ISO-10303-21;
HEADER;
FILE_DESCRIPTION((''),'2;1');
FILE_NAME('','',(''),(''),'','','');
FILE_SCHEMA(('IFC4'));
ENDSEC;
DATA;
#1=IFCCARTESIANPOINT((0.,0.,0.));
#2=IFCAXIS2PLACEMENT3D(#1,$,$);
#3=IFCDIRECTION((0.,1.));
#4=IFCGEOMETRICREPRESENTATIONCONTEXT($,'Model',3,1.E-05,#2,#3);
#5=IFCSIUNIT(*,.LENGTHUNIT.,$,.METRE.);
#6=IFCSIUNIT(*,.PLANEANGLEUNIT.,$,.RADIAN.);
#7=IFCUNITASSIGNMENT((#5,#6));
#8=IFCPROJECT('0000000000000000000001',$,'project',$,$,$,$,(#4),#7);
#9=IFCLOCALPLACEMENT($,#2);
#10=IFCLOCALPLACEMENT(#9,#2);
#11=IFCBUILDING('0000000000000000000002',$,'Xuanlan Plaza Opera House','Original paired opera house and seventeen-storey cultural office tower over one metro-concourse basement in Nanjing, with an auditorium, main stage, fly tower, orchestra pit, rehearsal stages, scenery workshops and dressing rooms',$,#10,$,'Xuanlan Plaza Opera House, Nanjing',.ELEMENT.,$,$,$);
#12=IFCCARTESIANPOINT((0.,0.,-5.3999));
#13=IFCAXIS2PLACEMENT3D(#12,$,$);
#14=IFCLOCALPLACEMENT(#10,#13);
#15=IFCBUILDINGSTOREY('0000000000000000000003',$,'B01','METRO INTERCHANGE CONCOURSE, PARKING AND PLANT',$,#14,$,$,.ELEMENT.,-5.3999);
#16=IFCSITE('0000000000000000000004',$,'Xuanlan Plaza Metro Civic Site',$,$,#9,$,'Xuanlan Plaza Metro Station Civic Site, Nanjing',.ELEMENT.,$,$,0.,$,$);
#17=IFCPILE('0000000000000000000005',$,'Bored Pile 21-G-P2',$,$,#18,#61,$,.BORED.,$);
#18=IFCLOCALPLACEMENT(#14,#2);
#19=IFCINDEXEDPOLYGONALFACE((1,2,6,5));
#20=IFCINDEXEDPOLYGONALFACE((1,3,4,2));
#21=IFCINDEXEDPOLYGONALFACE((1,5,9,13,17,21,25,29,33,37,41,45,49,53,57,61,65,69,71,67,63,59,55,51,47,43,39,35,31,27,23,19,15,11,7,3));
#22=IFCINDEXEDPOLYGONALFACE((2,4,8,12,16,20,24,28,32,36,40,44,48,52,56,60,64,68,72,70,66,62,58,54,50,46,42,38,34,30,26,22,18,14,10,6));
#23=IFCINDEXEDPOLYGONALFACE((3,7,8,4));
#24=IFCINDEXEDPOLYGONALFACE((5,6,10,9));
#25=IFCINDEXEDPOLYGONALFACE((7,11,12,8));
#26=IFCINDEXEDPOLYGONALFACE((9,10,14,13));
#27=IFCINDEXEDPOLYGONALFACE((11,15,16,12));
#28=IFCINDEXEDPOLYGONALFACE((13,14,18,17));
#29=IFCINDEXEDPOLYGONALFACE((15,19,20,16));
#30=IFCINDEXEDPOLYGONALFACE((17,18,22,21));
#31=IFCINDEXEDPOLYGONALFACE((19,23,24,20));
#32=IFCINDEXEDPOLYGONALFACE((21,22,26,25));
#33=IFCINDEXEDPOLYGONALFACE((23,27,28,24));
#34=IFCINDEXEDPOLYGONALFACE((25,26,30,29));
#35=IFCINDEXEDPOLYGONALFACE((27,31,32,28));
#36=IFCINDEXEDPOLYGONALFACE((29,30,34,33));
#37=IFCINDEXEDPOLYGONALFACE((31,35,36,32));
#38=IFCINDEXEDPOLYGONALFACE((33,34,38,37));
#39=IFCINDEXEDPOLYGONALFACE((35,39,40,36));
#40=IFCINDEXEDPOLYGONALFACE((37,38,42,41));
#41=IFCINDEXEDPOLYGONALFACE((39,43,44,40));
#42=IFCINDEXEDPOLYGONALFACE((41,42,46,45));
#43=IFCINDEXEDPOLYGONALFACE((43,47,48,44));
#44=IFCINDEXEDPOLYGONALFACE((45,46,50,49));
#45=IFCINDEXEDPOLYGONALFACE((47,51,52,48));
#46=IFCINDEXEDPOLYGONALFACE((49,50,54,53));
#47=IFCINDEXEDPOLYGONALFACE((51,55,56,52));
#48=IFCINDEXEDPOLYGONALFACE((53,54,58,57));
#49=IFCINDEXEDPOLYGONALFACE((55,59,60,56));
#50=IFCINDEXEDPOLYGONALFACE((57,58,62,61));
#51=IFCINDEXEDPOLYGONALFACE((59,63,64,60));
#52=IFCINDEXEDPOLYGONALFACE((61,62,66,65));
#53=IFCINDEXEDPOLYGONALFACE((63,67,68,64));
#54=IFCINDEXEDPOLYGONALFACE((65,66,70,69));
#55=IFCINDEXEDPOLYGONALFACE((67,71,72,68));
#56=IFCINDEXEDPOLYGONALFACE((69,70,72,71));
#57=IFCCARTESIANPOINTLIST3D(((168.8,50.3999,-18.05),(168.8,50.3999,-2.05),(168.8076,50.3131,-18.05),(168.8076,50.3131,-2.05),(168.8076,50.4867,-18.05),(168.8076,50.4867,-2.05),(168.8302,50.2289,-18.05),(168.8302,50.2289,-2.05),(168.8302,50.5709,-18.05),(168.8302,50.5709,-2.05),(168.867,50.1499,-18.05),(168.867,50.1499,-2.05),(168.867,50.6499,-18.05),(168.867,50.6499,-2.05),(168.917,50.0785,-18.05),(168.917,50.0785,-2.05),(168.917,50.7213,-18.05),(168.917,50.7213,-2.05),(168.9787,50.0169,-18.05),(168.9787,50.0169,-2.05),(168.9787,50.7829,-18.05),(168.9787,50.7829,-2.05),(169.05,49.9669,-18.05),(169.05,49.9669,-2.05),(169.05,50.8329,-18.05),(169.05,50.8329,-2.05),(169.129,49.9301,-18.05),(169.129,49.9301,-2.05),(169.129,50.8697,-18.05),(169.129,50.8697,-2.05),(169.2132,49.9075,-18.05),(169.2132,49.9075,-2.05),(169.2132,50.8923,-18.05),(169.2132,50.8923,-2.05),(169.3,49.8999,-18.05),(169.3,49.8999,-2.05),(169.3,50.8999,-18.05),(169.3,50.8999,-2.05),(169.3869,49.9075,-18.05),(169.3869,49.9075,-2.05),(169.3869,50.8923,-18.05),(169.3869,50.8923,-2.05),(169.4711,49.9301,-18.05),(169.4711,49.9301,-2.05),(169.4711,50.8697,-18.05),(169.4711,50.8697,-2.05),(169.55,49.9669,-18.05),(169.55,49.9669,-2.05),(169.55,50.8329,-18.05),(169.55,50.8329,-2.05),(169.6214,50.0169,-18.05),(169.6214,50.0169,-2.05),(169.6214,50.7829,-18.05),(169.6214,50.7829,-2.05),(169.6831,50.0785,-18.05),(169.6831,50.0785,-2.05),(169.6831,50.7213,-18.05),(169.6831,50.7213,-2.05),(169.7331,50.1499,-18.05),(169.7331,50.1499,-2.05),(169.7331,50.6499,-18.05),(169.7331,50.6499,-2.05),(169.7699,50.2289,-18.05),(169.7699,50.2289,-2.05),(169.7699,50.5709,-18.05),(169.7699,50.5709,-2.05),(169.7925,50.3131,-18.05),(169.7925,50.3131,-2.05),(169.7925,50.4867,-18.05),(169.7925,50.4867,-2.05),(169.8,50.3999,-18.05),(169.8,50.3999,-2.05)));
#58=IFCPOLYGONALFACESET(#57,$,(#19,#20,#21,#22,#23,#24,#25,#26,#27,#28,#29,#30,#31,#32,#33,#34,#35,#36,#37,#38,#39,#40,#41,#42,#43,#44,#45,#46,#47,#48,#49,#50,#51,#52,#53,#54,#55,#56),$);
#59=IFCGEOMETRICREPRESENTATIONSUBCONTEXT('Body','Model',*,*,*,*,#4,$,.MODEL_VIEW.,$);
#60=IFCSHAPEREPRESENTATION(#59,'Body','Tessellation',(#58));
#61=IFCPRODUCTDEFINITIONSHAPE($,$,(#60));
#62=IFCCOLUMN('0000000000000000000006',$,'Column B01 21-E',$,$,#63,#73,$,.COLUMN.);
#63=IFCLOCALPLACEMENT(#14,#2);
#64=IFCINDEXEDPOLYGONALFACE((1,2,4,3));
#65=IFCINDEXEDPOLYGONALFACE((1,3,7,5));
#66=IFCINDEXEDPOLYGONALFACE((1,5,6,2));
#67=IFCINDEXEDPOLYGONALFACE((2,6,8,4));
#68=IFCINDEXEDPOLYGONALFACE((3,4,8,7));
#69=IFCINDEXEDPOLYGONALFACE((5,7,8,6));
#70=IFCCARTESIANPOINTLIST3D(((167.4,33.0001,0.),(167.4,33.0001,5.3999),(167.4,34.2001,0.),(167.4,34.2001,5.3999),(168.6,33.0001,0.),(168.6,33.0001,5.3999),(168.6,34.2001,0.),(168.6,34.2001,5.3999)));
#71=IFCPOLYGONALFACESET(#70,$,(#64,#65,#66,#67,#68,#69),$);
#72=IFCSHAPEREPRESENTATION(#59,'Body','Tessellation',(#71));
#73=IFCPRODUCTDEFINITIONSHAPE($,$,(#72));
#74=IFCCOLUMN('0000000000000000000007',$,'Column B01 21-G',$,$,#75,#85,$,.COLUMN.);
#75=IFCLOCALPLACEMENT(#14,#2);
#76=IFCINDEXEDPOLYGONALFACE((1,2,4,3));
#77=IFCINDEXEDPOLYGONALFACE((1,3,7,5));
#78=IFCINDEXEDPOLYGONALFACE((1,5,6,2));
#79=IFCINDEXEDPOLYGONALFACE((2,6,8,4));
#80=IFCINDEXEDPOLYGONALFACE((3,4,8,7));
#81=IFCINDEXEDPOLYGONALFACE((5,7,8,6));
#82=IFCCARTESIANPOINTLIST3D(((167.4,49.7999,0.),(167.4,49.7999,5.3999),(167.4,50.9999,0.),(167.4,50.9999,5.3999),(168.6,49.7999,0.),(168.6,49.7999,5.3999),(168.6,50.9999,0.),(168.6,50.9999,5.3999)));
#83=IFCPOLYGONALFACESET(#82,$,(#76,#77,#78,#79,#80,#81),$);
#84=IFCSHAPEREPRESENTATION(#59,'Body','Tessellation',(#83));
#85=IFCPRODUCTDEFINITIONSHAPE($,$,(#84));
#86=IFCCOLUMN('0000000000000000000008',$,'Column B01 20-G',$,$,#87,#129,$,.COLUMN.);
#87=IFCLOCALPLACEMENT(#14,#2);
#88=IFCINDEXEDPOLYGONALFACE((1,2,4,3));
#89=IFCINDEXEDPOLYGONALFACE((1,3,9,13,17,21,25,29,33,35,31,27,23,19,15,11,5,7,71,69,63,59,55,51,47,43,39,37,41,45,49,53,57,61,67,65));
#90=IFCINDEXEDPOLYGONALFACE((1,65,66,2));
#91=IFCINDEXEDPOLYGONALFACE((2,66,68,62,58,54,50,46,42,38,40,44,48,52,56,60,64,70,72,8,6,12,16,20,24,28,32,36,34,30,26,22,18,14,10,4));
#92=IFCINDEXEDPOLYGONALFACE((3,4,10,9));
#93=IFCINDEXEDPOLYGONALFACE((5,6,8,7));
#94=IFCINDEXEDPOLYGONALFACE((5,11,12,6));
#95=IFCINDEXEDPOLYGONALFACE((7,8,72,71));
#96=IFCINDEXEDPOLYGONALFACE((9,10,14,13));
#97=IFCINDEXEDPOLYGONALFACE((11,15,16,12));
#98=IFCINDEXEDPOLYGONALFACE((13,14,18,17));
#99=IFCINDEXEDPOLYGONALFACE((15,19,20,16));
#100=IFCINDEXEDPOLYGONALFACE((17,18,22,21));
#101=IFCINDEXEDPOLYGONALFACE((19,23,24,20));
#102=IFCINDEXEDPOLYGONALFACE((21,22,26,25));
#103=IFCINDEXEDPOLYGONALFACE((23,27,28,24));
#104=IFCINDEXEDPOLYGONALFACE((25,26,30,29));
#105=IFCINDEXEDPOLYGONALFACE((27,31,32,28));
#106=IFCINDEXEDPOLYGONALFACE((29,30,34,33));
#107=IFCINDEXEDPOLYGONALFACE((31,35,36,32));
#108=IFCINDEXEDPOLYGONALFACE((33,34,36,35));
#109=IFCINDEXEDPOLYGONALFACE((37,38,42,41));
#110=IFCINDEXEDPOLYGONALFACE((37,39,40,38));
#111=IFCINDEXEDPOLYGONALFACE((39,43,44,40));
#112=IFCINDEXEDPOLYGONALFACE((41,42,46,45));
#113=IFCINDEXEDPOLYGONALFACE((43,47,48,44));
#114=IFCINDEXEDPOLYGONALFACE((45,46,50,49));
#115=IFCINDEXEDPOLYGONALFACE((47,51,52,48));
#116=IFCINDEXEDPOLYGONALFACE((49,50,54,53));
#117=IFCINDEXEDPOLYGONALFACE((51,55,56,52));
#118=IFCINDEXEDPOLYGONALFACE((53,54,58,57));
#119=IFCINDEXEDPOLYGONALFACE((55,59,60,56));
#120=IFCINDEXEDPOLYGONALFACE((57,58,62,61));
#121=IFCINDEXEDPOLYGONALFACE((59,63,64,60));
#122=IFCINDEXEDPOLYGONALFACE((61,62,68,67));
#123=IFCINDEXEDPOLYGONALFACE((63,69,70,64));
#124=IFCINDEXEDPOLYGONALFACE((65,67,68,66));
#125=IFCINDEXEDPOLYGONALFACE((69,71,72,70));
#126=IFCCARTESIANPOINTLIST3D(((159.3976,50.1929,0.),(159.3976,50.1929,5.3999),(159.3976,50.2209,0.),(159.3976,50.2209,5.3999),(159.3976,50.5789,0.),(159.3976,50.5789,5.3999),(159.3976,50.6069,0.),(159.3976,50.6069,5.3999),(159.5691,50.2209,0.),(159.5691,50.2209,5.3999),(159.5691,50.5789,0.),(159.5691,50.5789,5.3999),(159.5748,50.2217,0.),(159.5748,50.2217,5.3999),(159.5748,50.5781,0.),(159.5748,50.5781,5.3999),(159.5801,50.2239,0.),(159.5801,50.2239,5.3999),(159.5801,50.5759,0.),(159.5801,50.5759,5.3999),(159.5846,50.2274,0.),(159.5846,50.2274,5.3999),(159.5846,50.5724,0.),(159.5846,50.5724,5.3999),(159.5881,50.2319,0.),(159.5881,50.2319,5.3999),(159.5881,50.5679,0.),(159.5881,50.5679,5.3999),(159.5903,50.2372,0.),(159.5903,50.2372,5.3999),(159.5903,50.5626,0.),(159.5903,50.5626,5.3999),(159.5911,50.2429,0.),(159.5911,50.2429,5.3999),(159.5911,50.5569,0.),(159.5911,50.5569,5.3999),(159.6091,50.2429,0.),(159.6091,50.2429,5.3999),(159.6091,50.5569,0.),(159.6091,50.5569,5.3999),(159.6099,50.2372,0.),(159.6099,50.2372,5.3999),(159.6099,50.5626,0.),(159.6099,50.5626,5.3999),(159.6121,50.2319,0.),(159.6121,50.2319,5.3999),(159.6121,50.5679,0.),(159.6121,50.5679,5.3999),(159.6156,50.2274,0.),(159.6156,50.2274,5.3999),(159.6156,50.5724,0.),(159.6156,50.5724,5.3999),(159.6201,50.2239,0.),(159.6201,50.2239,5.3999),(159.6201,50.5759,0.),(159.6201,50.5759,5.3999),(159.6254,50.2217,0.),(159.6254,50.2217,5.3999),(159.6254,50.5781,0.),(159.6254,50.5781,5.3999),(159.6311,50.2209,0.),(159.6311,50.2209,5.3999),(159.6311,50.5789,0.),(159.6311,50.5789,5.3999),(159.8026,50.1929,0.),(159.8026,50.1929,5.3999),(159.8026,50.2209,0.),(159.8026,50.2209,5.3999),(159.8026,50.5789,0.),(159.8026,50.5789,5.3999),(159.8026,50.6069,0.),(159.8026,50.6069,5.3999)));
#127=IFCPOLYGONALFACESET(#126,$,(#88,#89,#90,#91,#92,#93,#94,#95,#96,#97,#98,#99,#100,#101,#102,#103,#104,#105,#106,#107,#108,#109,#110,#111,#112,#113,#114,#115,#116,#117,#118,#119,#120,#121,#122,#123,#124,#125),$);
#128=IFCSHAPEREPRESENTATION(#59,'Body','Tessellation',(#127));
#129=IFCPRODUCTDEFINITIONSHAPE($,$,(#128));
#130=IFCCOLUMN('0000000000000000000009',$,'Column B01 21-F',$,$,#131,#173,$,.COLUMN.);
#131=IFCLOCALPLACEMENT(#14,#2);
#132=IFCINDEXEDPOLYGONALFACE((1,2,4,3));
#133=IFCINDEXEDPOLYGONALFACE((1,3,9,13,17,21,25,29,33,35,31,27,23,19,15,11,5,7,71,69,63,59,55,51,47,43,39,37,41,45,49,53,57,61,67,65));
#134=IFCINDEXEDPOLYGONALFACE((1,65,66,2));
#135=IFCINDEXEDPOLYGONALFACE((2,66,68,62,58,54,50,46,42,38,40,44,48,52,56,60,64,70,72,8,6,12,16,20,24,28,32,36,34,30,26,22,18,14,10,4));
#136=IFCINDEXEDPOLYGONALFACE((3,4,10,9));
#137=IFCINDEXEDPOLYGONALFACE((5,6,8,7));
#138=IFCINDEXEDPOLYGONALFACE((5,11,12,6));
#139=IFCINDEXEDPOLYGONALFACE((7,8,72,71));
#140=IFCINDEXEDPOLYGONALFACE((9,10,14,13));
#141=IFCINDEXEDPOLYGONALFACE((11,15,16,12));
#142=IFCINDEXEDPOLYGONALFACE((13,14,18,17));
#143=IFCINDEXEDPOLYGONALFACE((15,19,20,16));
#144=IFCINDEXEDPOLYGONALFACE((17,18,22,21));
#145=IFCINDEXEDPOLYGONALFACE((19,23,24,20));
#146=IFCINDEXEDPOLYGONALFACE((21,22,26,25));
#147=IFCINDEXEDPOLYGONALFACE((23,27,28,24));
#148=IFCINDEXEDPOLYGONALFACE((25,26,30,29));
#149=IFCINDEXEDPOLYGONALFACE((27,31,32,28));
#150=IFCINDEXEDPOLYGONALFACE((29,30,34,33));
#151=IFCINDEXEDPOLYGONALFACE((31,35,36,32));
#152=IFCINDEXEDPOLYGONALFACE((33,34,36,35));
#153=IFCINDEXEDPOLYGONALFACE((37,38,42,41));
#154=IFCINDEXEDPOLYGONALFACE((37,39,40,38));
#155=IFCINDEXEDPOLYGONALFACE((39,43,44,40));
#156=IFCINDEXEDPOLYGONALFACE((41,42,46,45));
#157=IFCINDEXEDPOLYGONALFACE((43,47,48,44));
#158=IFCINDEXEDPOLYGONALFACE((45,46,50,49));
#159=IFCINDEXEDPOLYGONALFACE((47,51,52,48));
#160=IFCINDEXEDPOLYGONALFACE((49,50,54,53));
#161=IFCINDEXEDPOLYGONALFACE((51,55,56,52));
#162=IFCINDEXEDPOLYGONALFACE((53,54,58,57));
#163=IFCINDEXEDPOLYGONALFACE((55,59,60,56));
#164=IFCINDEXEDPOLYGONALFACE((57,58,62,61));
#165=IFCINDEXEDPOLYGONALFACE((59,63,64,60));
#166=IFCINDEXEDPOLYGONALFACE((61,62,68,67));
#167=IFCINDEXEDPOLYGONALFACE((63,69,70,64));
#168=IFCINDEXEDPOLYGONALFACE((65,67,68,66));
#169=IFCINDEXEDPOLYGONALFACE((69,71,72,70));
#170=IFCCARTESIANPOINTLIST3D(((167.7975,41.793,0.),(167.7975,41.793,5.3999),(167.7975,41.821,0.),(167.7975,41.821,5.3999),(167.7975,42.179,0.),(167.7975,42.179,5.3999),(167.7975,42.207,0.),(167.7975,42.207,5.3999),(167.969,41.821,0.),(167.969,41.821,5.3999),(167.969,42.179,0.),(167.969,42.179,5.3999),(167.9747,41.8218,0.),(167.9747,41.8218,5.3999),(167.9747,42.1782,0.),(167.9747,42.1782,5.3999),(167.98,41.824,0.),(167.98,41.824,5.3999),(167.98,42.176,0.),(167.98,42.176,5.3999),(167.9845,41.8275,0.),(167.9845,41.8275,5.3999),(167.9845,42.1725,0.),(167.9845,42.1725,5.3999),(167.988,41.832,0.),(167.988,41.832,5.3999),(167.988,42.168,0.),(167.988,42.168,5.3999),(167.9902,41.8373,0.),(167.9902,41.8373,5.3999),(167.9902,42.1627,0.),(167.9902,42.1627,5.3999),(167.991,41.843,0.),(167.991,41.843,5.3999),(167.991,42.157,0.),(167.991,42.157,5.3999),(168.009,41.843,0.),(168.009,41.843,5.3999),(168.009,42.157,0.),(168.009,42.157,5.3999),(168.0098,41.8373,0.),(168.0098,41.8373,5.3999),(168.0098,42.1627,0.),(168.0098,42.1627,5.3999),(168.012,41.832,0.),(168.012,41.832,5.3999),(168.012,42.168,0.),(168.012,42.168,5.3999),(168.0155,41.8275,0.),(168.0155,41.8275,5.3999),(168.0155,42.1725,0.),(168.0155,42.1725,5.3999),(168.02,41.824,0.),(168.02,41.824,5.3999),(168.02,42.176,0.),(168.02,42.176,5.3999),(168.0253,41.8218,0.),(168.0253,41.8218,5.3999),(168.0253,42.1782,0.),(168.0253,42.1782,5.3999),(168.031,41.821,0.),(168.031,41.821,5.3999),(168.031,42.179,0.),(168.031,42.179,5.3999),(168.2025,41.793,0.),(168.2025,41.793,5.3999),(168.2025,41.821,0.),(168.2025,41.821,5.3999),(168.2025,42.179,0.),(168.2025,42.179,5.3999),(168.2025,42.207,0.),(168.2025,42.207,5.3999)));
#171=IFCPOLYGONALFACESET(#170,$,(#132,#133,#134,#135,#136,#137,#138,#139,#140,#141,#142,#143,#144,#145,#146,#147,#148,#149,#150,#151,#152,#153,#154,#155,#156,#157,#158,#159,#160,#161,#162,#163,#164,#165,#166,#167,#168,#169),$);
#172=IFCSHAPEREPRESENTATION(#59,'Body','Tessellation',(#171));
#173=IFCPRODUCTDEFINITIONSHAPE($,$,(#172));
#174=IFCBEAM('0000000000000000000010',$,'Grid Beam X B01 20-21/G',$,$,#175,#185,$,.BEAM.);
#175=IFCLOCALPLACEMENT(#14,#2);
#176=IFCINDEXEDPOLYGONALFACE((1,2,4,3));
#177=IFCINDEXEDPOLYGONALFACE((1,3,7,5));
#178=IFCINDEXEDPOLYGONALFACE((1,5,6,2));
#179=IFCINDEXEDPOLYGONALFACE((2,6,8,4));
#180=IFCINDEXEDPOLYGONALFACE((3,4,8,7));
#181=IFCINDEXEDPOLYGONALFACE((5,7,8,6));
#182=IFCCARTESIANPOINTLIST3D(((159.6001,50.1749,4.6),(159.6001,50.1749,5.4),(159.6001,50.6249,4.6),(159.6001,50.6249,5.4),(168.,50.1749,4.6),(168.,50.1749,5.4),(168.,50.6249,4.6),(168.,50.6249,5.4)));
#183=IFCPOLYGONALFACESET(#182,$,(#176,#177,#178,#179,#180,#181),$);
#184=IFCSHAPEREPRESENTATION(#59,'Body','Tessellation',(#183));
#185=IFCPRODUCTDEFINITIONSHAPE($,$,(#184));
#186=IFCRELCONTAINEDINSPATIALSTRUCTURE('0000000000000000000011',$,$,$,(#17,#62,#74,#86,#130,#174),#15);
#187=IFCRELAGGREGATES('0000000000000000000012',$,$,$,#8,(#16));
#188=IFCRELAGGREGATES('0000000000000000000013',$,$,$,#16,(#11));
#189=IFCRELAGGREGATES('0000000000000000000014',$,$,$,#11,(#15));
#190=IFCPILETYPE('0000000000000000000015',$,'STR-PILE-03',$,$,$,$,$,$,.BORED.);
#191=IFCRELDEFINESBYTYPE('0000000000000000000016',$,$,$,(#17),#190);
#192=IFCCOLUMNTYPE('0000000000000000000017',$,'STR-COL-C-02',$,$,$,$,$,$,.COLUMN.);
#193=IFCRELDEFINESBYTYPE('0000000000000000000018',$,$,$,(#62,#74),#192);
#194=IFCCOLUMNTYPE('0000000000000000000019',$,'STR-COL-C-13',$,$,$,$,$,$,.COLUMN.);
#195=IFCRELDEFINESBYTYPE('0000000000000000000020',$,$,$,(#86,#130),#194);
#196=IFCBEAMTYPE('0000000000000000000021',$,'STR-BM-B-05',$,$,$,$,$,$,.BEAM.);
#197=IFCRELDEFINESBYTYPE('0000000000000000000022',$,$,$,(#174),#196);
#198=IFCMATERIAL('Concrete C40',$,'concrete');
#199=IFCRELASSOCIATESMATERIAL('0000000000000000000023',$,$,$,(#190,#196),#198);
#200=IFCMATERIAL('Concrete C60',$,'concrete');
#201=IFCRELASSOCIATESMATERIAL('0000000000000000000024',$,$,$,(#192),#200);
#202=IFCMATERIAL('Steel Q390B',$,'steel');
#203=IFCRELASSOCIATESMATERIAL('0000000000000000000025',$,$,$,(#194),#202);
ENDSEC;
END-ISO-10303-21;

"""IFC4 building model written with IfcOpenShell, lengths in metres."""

from ifc_helpers import new_model, si_unit, direction, frame, origin, origin_2d, place, context, subcontext, project, spatial, rectangle, circle, i_section, extrude, material, material_profile, profile_set, type_object, element, save


model = new_model("IFC4")

# Units and contexts
model_context = context("Model", 3, precision=1e-05, world=origin(), true_north=direction((0.0, 1.0)))
body_context = subcontext(model_context, "Body", "Model", "MODEL_VIEW")
ifc_project = project(units=[si_unit("LENGTHUNIT", "METRE"), si_unit("PLANEANGLEUNIT", "RADIAN")], contexts=[model_context])

# Site, building, storey
site_placement = place(None, origin())
site = spatial("IfcSite", under=ifc_project, at=site_placement, Name="Xuanlan Plaza Metro Civic Site", LongName="Xuanlan Plaza Metro Station Civic Site, Nanjing", CompositionType="ELEMENT", RefElevation=0.0)
building_placement = place(site_placement, origin())
building = spatial("IfcBuilding", under=site, at=building_placement, Name="Xuanlan Plaza Opera House", Description="Original paired opera house and seventeen-storey cultural office tower over one metro-concourse basement in Nanjing, with an auditorium, main stage, fly tower, orchestra pit, rehearsal stages, scenery workshops and dressing rooms", LongName="Xuanlan Plaza Opera House, Nanjing", CompositionType="ELEMENT")
storey_placement = place(building_placement, frame((0.0, 0.0, -5.3999)))
storey = spatial("IfcBuildingStorey", under=building, at=storey_placement, Name="B01", Description="METRO INTERCHANGE CONCOURSE, PARKING AND PLANT", CompositionType="ELEMENT", Elevation=-5.3999)

# Pile
ifc_material_1 = material(Name="Concrete C40", Category="concrete")
ifc_material_profile_1 = material_profile(ifc_material_1, circle(Radius=0.5, at=origin_2d()), Name="PILE D1000")
ifc_profile_set_1 = profile_set([ifc_material_profile_1], Name="Concrete C40")
pile_type = type_object("IfcPileType", Name="STR-PILE-03", PredefinedType="BORED", material=ifc_profile_set_1)
for number, where, z_axis, x_axis, name in (
    (1, (169.3, 50.3999, -2.05), (0.0, 0.0, -1.0), (1.0, 0.0, 0.0), "Bored Pile 21-G-P2"),
):
    element("IfcPile", number, at=place(storey_placement, frame(where, z_axis=z_axis, x_axis=x_axis)), inside=storey, type_object=pile_type, Name=name, PredefinedType="BORED", context=body_context, shape_type="SweptSolid", body=[
        extrude(circle(Radius=0.5, at=origin_2d()), origin(), (0.0, 0.0, 1.0), 16.0),
    ])

# Columns
ifc_material_2 = material(Name="Concrete C60", Category="concrete")
ifc_material_profile_2 = material_profile(ifc_material_2, rectangle(XDim=1.2, YDim=1.2, at=origin_2d()), Name="RC-COL 1200x1200")
ifc_profile_set_2 = profile_set([ifc_material_profile_2], Name="Concrete C60")
column_type_1 = type_object("IfcColumnType", Name="STR-COL-C-02", PredefinedType="COLUMN", material=ifc_profile_set_2)
for number, where, z_axis, x_axis, name in (
    (2, (168.0, 33.6001, 0.0), (0.0, 0.0, 1.0), (1.0, 0.0, 0.0), "Column B01 21-E"),
    (3, (168.0, 50.3999, 0.0), (0.0, 0.0, 1.0), (1.0, 0.0, 0.0), "Column B01 21-G"),
):
    element("IfcColumn", number, at=place(storey_placement, frame(where, z_axis=z_axis, x_axis=x_axis)), inside=storey, type_object=column_type_1, Name=name, PredefinedType="COLUMN", context=body_context, shape_type="SweptSolid", body=[
        extrude(rectangle(XDim=1.2, YDim=1.2, at=origin_2d()), origin(), (0.0, 0.0, 1.0), 5.3999),
    ])
ifc_material_3 = material(Name="Steel Q390B", Category="steel")
ifc_material_profile_3 = material_profile(ifc_material_3, i_section(OverallWidth=0.405, OverallDepth=0.4141, WebThickness=0.0181, FlangeThickness=0.0281, FilletRadius=0.022, at=origin_2d()), Name="HW 414x405x18x28")
ifc_profile_set_3 = profile_set([ifc_material_profile_3], Name="Steel Q390B")
column_type_2 = type_object("IfcColumnType", Name="STR-COL-C-13", PredefinedType="COLUMN", material=ifc_profile_set_3)
for number, where, z_axis, x_axis, name in (
    (4, (159.6001, 50.3999, 0.0), (0.0, 0.0, 1.0), (1.0, 0.0, 0.0), "Column B01 20-G"),
    (5, (168.0, 42.0, 0.0), (0.0, 0.0, 1.0), (1.0, 0.0, 0.0), "Column B01 21-F"),
):
    element("IfcColumn", number, at=place(storey_placement, frame(where, z_axis=z_axis, x_axis=x_axis)), inside=storey, type_object=column_type_2, Name=name, PredefinedType="COLUMN", context=body_context, shape_type="SweptSolid", body=[
        extrude(i_section(OverallWidth=0.405, OverallDepth=0.4141, WebThickness=0.0181, FlangeThickness=0.0281, FilletRadius=0.022, at=origin_2d()), origin(), (0.0, 0.0, 1.0), 5.3999),
    ])

# Beam
ifc_material_profile_4 = material_profile(ifc_material_1, rectangle(XDim=0.45, YDim=0.8, at=origin_2d()), Name="RC-BM 450x800")
ifc_profile_set_4 = profile_set([ifc_material_profile_4], Name="Concrete C40")
beam_type_1 = type_object("IfcBeamType", Name="STR-BM-B-05", PredefinedType="BEAM", material=ifc_profile_set_4)
beam_1_placement = place(storey_placement, frame((159.6001, 50.3999, 5.0), z_axis=(1.0, 0.0, 0.0), x_axis=(0.0, 1.0, 0.0)))
element("IfcBeam", 6, at=beam_1_placement, inside=storey, type_object=beam_type_1, Name="Grid Beam X B01 20-21/G", PredefinedType="BEAM", context=body_context, shape_type="SweptSolid", body=[
    extrude(rectangle(XDim=0.45, YDim=0.8, at=origin_2d()), origin(), (0.0, 0.0, 1.0), 8.3999),
])

save(model, "model.ifc")
